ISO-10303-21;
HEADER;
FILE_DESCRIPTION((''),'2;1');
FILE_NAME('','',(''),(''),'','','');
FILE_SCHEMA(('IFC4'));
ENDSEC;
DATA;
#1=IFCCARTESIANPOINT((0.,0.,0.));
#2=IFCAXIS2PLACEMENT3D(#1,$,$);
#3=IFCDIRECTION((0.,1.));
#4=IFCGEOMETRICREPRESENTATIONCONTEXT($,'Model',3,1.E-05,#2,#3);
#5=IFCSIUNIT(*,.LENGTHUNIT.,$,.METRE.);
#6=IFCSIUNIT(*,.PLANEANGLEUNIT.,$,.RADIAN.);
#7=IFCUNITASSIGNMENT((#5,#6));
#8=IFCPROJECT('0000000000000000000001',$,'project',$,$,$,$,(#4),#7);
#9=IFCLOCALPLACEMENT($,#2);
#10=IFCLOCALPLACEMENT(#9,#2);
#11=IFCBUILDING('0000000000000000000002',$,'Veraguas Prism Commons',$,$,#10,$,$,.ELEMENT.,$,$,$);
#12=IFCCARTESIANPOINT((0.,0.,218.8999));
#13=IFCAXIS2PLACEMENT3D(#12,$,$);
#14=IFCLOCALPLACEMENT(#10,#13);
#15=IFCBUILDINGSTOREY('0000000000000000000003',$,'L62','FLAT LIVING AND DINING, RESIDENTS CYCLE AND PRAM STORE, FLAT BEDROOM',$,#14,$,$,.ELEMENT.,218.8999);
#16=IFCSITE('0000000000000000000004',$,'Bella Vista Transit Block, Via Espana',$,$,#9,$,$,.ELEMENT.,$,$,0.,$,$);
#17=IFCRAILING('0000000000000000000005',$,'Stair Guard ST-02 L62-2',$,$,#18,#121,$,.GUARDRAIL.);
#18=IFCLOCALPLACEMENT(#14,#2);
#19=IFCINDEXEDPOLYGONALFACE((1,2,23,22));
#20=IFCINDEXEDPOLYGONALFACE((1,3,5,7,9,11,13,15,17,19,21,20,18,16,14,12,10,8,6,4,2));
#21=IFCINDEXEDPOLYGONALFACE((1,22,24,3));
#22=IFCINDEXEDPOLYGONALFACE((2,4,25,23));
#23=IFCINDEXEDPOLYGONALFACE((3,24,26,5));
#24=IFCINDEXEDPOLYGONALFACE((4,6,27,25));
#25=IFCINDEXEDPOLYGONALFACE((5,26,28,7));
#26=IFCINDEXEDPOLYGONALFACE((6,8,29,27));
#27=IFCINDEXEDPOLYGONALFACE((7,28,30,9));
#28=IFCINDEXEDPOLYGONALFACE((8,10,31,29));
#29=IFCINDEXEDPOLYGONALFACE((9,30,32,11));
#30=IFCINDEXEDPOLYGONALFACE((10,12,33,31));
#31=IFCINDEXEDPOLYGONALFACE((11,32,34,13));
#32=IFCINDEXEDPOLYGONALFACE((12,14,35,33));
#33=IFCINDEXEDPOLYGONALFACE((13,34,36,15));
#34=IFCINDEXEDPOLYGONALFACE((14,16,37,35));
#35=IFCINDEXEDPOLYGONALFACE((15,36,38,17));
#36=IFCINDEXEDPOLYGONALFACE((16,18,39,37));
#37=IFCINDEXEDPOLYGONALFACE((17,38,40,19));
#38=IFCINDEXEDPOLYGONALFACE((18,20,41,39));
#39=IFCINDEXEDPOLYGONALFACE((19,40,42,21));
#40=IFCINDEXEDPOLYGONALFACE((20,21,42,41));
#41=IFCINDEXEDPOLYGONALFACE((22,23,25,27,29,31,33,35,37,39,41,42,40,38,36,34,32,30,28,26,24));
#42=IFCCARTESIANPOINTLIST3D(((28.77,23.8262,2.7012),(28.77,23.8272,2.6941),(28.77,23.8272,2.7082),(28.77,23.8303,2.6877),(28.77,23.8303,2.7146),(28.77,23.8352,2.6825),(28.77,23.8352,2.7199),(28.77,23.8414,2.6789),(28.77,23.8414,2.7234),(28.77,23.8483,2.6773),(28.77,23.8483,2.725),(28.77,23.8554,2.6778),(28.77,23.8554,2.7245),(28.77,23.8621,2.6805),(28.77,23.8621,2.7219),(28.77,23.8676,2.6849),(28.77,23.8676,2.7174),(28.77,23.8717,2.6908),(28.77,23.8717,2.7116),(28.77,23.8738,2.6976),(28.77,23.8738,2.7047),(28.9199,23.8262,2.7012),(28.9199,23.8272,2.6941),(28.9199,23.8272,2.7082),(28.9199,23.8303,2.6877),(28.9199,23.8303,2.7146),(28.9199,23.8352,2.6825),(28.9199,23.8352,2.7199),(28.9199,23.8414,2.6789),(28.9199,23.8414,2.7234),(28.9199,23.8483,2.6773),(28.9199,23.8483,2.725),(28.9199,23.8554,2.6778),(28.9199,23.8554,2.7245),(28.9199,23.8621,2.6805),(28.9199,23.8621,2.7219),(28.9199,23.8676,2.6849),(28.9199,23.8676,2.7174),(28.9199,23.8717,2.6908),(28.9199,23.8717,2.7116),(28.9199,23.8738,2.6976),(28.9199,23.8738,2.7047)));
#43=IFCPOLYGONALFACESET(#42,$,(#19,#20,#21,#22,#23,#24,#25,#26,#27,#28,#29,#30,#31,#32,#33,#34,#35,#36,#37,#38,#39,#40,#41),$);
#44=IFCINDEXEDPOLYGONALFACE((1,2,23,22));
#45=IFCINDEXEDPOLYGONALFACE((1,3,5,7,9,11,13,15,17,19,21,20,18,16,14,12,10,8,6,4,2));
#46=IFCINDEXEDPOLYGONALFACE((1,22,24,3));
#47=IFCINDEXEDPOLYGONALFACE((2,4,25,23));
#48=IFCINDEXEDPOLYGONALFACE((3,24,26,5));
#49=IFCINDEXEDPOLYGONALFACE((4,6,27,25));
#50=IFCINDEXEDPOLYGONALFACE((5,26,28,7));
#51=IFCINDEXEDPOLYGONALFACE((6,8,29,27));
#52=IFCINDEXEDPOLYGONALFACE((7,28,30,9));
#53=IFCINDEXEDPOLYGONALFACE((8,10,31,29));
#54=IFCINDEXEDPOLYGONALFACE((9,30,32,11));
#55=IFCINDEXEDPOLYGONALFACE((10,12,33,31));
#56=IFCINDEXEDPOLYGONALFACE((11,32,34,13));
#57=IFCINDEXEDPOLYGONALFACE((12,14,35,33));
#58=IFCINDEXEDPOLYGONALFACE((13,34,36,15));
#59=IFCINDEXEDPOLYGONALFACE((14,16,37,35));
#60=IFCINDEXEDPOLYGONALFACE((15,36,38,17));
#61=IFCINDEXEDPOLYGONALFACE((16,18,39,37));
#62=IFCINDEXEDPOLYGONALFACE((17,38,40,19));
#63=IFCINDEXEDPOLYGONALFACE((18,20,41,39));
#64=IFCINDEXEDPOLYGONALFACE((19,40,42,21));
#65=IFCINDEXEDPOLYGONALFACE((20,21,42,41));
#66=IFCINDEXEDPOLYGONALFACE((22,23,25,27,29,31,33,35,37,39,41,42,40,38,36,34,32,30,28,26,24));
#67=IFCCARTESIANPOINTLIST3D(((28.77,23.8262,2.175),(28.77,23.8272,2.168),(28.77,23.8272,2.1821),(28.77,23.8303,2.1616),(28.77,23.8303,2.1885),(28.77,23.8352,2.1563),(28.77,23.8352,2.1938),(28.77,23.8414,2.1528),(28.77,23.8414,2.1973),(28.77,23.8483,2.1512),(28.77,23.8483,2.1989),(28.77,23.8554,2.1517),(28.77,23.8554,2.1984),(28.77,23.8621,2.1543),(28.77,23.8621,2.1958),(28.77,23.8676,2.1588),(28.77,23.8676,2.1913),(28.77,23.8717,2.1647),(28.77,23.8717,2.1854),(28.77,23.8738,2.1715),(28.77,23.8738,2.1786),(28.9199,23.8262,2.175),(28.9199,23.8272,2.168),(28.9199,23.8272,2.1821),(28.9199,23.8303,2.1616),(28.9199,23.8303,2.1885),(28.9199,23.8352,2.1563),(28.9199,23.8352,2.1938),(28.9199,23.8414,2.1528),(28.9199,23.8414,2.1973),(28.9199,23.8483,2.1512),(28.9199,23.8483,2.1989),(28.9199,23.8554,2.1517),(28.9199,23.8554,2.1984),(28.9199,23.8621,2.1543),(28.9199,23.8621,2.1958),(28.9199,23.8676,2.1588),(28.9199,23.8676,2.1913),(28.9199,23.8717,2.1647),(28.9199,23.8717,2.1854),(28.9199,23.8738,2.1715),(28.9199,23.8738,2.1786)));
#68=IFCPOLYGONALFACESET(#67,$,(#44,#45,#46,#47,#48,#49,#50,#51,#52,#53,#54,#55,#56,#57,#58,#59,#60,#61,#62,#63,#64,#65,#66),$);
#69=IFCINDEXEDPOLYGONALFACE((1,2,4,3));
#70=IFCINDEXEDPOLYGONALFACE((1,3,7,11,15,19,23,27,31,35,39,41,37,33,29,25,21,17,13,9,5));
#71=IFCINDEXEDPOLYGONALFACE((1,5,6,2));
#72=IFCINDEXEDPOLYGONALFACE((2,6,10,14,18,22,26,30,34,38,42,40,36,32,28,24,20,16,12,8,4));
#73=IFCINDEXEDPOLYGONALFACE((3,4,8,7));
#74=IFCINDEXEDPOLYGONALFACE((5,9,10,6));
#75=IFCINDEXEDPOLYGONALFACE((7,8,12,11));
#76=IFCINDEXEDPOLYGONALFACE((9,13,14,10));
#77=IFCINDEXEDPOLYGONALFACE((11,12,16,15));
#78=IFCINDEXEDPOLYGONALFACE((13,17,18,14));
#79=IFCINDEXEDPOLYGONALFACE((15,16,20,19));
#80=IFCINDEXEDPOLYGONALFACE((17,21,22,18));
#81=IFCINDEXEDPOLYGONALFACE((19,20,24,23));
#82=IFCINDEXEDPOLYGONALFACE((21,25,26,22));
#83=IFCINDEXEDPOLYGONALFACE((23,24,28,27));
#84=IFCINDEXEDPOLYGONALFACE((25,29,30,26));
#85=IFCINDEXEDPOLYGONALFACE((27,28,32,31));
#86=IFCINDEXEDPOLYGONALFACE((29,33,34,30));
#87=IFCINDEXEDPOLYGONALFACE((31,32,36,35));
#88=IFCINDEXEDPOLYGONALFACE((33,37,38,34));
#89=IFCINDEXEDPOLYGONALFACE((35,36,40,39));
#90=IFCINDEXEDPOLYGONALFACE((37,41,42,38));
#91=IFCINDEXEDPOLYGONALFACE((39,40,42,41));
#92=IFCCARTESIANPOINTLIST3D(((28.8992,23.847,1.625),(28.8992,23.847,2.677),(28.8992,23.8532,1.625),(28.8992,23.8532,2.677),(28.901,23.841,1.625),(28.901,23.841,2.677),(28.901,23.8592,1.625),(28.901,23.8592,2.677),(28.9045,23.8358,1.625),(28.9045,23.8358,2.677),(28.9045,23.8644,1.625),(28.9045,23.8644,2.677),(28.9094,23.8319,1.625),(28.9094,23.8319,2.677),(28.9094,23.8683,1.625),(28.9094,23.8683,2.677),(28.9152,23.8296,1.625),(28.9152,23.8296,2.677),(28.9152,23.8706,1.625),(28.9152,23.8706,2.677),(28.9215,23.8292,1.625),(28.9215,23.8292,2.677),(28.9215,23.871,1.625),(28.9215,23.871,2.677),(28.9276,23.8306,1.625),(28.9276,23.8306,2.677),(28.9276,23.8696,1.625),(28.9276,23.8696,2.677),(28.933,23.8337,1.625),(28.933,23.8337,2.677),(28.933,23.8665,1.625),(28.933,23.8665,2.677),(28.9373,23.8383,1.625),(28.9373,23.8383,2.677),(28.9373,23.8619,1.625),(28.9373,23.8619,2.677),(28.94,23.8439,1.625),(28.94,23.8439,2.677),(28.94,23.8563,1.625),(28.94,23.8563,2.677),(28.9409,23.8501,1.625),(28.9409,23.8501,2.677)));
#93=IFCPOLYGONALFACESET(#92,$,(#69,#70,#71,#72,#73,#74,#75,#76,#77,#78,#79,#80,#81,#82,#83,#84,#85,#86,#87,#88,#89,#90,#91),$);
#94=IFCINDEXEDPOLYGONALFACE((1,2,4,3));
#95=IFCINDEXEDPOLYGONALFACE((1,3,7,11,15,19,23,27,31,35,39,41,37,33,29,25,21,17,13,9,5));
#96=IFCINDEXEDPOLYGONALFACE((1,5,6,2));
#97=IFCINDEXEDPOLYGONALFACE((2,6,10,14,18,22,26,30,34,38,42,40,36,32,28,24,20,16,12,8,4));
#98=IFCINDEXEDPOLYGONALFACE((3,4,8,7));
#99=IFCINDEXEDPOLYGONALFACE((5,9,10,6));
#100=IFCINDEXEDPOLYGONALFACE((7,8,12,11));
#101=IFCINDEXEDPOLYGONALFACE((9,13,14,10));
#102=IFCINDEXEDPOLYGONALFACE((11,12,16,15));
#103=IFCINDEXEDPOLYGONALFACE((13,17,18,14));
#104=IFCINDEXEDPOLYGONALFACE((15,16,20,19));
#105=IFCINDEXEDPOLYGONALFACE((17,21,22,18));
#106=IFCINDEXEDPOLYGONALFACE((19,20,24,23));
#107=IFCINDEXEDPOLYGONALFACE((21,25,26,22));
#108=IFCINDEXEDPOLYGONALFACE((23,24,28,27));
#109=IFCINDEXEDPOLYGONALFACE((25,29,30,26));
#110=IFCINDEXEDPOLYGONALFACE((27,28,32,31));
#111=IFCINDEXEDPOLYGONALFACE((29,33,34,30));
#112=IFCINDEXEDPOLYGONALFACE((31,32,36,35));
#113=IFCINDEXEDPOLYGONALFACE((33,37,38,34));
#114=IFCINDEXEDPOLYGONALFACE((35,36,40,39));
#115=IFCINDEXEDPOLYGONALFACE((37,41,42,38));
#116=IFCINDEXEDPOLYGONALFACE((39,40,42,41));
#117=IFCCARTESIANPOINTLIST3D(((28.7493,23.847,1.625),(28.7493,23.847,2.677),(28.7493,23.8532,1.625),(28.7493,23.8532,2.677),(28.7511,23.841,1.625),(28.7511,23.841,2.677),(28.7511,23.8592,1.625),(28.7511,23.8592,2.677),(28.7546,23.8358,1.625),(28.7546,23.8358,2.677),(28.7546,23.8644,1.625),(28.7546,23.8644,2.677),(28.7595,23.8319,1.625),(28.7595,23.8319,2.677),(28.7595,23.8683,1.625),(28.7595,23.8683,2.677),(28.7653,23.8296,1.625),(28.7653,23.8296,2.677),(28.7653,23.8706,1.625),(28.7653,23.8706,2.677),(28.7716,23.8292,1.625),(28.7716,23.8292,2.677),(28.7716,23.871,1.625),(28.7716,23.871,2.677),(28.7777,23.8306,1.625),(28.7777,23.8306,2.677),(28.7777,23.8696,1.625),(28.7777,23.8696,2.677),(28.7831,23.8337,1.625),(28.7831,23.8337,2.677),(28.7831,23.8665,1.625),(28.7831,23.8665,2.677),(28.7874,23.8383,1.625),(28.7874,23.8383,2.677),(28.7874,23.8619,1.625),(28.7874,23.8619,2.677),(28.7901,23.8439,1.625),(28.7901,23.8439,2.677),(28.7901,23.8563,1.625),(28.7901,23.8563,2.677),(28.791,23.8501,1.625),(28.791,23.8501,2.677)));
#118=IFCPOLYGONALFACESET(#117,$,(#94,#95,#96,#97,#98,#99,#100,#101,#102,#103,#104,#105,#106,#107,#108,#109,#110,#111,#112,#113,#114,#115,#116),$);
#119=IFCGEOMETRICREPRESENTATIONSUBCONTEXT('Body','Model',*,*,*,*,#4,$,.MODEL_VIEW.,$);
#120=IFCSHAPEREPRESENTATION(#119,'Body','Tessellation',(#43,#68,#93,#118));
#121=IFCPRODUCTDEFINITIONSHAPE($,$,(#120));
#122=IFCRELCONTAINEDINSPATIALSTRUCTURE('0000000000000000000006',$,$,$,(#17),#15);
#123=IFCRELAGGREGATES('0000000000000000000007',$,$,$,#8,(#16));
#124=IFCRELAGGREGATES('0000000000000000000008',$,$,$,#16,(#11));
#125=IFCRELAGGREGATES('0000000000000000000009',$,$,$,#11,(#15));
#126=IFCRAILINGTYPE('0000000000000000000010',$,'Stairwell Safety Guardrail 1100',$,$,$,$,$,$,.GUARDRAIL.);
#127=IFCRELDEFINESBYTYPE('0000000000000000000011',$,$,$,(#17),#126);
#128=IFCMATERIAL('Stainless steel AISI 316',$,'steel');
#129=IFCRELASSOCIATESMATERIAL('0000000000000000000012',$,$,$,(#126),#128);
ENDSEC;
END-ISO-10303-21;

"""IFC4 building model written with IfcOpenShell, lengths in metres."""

from ifc_helpers import new_model, si_unit, direction, frame, origin, origin_2d, place, context, subcontext, project, spatial, circle, extrude, material, type_object, element, save


model = new_model("IFC4")

# Units and contexts
model_context = context("Model", 3, precision=1e-05, world=origin(), true_north=direction((0.0, 1.0)))
body_context = subcontext(model_context, "Body", "Model", "MODEL_VIEW")
ifc_project = project(units=[si_unit("LENGTHUNIT", "METRE"), si_unit("PLANEANGLEUNIT", "RADIAN")], contexts=[model_context])

# Site, building, storey
site_placement = place(None, origin())
site = spatial("IfcSite", under=ifc_project, at=site_placement, Name="Bella Vista Transit Block, Via Espana", CompositionType="ELEMENT", RefElevation=0.0)
building_placement = place(site_placement, origin())
building = spatial("IfcBuilding", under=site, at=building_placement, Name="Veraguas Prism Commons", CompositionType="ELEMENT")
storey_placement = place(building_placement, frame((0.0, 0.0, 218.8999)))
storey = spatial("IfcBuildingStorey", under=building, at=storey_placement, Name="L62", Description="FLAT LIVING AND DINING, RESIDENTS CYCLE AND PRAM STORE, FLAT BEDROOM", CompositionType="ELEMENT", Elevation=218.8999)

# Railing
ifc_material_1 = material(Name="Stainless steel AISI 316", Category="steel")
railing_type_1 = type_object("IfcRailingType", Name="Stairwell Safety Guardrail 1100", PredefinedType="GUARDRAIL", material=ifc_material_1)
railing_1_placement = place(storey_placement, frame((28.9199, 23.8501, 1.625)))
element("IfcRailing", 1, at=railing_1_placement, inside=storey, type_object=railing_type_1, Name="Stair Guard ST-02 L62-2", PredefinedType="GUARDRAIL", context=body_context, shape_type="SweptSolid", body=[
    extrude(circle(Radius=0.0239, at=origin_2d()), frame((0.0, 0.0, 1.0762), z_axis=(-1.0, 0.0, 0.0), x_axis=(0.0, -1.0, 0.0)), (0.0, 0.0, 1.0), 0.1499),
    extrude(circle(Radius=0.0239, at=origin_2d()), frame((0.0, 0.0, 0.55), z_axis=(-1.0, 0.0, 0.0), x_axis=(0.0, -1.0, 0.0)), (0.0, 0.0, 1.0), 0.1499),
    extrude(circle(Radius=0.021, at=origin_2d()), origin(), (0.0, 0.0, 1.0), 1.052),
    extrude(circle(Radius=0.021, at=origin_2d()), frame((-0.1499, 0.0, 0.0)), (0.0, 0.0, 1.0), 1.052),
])

save(model, "model.ifc")
